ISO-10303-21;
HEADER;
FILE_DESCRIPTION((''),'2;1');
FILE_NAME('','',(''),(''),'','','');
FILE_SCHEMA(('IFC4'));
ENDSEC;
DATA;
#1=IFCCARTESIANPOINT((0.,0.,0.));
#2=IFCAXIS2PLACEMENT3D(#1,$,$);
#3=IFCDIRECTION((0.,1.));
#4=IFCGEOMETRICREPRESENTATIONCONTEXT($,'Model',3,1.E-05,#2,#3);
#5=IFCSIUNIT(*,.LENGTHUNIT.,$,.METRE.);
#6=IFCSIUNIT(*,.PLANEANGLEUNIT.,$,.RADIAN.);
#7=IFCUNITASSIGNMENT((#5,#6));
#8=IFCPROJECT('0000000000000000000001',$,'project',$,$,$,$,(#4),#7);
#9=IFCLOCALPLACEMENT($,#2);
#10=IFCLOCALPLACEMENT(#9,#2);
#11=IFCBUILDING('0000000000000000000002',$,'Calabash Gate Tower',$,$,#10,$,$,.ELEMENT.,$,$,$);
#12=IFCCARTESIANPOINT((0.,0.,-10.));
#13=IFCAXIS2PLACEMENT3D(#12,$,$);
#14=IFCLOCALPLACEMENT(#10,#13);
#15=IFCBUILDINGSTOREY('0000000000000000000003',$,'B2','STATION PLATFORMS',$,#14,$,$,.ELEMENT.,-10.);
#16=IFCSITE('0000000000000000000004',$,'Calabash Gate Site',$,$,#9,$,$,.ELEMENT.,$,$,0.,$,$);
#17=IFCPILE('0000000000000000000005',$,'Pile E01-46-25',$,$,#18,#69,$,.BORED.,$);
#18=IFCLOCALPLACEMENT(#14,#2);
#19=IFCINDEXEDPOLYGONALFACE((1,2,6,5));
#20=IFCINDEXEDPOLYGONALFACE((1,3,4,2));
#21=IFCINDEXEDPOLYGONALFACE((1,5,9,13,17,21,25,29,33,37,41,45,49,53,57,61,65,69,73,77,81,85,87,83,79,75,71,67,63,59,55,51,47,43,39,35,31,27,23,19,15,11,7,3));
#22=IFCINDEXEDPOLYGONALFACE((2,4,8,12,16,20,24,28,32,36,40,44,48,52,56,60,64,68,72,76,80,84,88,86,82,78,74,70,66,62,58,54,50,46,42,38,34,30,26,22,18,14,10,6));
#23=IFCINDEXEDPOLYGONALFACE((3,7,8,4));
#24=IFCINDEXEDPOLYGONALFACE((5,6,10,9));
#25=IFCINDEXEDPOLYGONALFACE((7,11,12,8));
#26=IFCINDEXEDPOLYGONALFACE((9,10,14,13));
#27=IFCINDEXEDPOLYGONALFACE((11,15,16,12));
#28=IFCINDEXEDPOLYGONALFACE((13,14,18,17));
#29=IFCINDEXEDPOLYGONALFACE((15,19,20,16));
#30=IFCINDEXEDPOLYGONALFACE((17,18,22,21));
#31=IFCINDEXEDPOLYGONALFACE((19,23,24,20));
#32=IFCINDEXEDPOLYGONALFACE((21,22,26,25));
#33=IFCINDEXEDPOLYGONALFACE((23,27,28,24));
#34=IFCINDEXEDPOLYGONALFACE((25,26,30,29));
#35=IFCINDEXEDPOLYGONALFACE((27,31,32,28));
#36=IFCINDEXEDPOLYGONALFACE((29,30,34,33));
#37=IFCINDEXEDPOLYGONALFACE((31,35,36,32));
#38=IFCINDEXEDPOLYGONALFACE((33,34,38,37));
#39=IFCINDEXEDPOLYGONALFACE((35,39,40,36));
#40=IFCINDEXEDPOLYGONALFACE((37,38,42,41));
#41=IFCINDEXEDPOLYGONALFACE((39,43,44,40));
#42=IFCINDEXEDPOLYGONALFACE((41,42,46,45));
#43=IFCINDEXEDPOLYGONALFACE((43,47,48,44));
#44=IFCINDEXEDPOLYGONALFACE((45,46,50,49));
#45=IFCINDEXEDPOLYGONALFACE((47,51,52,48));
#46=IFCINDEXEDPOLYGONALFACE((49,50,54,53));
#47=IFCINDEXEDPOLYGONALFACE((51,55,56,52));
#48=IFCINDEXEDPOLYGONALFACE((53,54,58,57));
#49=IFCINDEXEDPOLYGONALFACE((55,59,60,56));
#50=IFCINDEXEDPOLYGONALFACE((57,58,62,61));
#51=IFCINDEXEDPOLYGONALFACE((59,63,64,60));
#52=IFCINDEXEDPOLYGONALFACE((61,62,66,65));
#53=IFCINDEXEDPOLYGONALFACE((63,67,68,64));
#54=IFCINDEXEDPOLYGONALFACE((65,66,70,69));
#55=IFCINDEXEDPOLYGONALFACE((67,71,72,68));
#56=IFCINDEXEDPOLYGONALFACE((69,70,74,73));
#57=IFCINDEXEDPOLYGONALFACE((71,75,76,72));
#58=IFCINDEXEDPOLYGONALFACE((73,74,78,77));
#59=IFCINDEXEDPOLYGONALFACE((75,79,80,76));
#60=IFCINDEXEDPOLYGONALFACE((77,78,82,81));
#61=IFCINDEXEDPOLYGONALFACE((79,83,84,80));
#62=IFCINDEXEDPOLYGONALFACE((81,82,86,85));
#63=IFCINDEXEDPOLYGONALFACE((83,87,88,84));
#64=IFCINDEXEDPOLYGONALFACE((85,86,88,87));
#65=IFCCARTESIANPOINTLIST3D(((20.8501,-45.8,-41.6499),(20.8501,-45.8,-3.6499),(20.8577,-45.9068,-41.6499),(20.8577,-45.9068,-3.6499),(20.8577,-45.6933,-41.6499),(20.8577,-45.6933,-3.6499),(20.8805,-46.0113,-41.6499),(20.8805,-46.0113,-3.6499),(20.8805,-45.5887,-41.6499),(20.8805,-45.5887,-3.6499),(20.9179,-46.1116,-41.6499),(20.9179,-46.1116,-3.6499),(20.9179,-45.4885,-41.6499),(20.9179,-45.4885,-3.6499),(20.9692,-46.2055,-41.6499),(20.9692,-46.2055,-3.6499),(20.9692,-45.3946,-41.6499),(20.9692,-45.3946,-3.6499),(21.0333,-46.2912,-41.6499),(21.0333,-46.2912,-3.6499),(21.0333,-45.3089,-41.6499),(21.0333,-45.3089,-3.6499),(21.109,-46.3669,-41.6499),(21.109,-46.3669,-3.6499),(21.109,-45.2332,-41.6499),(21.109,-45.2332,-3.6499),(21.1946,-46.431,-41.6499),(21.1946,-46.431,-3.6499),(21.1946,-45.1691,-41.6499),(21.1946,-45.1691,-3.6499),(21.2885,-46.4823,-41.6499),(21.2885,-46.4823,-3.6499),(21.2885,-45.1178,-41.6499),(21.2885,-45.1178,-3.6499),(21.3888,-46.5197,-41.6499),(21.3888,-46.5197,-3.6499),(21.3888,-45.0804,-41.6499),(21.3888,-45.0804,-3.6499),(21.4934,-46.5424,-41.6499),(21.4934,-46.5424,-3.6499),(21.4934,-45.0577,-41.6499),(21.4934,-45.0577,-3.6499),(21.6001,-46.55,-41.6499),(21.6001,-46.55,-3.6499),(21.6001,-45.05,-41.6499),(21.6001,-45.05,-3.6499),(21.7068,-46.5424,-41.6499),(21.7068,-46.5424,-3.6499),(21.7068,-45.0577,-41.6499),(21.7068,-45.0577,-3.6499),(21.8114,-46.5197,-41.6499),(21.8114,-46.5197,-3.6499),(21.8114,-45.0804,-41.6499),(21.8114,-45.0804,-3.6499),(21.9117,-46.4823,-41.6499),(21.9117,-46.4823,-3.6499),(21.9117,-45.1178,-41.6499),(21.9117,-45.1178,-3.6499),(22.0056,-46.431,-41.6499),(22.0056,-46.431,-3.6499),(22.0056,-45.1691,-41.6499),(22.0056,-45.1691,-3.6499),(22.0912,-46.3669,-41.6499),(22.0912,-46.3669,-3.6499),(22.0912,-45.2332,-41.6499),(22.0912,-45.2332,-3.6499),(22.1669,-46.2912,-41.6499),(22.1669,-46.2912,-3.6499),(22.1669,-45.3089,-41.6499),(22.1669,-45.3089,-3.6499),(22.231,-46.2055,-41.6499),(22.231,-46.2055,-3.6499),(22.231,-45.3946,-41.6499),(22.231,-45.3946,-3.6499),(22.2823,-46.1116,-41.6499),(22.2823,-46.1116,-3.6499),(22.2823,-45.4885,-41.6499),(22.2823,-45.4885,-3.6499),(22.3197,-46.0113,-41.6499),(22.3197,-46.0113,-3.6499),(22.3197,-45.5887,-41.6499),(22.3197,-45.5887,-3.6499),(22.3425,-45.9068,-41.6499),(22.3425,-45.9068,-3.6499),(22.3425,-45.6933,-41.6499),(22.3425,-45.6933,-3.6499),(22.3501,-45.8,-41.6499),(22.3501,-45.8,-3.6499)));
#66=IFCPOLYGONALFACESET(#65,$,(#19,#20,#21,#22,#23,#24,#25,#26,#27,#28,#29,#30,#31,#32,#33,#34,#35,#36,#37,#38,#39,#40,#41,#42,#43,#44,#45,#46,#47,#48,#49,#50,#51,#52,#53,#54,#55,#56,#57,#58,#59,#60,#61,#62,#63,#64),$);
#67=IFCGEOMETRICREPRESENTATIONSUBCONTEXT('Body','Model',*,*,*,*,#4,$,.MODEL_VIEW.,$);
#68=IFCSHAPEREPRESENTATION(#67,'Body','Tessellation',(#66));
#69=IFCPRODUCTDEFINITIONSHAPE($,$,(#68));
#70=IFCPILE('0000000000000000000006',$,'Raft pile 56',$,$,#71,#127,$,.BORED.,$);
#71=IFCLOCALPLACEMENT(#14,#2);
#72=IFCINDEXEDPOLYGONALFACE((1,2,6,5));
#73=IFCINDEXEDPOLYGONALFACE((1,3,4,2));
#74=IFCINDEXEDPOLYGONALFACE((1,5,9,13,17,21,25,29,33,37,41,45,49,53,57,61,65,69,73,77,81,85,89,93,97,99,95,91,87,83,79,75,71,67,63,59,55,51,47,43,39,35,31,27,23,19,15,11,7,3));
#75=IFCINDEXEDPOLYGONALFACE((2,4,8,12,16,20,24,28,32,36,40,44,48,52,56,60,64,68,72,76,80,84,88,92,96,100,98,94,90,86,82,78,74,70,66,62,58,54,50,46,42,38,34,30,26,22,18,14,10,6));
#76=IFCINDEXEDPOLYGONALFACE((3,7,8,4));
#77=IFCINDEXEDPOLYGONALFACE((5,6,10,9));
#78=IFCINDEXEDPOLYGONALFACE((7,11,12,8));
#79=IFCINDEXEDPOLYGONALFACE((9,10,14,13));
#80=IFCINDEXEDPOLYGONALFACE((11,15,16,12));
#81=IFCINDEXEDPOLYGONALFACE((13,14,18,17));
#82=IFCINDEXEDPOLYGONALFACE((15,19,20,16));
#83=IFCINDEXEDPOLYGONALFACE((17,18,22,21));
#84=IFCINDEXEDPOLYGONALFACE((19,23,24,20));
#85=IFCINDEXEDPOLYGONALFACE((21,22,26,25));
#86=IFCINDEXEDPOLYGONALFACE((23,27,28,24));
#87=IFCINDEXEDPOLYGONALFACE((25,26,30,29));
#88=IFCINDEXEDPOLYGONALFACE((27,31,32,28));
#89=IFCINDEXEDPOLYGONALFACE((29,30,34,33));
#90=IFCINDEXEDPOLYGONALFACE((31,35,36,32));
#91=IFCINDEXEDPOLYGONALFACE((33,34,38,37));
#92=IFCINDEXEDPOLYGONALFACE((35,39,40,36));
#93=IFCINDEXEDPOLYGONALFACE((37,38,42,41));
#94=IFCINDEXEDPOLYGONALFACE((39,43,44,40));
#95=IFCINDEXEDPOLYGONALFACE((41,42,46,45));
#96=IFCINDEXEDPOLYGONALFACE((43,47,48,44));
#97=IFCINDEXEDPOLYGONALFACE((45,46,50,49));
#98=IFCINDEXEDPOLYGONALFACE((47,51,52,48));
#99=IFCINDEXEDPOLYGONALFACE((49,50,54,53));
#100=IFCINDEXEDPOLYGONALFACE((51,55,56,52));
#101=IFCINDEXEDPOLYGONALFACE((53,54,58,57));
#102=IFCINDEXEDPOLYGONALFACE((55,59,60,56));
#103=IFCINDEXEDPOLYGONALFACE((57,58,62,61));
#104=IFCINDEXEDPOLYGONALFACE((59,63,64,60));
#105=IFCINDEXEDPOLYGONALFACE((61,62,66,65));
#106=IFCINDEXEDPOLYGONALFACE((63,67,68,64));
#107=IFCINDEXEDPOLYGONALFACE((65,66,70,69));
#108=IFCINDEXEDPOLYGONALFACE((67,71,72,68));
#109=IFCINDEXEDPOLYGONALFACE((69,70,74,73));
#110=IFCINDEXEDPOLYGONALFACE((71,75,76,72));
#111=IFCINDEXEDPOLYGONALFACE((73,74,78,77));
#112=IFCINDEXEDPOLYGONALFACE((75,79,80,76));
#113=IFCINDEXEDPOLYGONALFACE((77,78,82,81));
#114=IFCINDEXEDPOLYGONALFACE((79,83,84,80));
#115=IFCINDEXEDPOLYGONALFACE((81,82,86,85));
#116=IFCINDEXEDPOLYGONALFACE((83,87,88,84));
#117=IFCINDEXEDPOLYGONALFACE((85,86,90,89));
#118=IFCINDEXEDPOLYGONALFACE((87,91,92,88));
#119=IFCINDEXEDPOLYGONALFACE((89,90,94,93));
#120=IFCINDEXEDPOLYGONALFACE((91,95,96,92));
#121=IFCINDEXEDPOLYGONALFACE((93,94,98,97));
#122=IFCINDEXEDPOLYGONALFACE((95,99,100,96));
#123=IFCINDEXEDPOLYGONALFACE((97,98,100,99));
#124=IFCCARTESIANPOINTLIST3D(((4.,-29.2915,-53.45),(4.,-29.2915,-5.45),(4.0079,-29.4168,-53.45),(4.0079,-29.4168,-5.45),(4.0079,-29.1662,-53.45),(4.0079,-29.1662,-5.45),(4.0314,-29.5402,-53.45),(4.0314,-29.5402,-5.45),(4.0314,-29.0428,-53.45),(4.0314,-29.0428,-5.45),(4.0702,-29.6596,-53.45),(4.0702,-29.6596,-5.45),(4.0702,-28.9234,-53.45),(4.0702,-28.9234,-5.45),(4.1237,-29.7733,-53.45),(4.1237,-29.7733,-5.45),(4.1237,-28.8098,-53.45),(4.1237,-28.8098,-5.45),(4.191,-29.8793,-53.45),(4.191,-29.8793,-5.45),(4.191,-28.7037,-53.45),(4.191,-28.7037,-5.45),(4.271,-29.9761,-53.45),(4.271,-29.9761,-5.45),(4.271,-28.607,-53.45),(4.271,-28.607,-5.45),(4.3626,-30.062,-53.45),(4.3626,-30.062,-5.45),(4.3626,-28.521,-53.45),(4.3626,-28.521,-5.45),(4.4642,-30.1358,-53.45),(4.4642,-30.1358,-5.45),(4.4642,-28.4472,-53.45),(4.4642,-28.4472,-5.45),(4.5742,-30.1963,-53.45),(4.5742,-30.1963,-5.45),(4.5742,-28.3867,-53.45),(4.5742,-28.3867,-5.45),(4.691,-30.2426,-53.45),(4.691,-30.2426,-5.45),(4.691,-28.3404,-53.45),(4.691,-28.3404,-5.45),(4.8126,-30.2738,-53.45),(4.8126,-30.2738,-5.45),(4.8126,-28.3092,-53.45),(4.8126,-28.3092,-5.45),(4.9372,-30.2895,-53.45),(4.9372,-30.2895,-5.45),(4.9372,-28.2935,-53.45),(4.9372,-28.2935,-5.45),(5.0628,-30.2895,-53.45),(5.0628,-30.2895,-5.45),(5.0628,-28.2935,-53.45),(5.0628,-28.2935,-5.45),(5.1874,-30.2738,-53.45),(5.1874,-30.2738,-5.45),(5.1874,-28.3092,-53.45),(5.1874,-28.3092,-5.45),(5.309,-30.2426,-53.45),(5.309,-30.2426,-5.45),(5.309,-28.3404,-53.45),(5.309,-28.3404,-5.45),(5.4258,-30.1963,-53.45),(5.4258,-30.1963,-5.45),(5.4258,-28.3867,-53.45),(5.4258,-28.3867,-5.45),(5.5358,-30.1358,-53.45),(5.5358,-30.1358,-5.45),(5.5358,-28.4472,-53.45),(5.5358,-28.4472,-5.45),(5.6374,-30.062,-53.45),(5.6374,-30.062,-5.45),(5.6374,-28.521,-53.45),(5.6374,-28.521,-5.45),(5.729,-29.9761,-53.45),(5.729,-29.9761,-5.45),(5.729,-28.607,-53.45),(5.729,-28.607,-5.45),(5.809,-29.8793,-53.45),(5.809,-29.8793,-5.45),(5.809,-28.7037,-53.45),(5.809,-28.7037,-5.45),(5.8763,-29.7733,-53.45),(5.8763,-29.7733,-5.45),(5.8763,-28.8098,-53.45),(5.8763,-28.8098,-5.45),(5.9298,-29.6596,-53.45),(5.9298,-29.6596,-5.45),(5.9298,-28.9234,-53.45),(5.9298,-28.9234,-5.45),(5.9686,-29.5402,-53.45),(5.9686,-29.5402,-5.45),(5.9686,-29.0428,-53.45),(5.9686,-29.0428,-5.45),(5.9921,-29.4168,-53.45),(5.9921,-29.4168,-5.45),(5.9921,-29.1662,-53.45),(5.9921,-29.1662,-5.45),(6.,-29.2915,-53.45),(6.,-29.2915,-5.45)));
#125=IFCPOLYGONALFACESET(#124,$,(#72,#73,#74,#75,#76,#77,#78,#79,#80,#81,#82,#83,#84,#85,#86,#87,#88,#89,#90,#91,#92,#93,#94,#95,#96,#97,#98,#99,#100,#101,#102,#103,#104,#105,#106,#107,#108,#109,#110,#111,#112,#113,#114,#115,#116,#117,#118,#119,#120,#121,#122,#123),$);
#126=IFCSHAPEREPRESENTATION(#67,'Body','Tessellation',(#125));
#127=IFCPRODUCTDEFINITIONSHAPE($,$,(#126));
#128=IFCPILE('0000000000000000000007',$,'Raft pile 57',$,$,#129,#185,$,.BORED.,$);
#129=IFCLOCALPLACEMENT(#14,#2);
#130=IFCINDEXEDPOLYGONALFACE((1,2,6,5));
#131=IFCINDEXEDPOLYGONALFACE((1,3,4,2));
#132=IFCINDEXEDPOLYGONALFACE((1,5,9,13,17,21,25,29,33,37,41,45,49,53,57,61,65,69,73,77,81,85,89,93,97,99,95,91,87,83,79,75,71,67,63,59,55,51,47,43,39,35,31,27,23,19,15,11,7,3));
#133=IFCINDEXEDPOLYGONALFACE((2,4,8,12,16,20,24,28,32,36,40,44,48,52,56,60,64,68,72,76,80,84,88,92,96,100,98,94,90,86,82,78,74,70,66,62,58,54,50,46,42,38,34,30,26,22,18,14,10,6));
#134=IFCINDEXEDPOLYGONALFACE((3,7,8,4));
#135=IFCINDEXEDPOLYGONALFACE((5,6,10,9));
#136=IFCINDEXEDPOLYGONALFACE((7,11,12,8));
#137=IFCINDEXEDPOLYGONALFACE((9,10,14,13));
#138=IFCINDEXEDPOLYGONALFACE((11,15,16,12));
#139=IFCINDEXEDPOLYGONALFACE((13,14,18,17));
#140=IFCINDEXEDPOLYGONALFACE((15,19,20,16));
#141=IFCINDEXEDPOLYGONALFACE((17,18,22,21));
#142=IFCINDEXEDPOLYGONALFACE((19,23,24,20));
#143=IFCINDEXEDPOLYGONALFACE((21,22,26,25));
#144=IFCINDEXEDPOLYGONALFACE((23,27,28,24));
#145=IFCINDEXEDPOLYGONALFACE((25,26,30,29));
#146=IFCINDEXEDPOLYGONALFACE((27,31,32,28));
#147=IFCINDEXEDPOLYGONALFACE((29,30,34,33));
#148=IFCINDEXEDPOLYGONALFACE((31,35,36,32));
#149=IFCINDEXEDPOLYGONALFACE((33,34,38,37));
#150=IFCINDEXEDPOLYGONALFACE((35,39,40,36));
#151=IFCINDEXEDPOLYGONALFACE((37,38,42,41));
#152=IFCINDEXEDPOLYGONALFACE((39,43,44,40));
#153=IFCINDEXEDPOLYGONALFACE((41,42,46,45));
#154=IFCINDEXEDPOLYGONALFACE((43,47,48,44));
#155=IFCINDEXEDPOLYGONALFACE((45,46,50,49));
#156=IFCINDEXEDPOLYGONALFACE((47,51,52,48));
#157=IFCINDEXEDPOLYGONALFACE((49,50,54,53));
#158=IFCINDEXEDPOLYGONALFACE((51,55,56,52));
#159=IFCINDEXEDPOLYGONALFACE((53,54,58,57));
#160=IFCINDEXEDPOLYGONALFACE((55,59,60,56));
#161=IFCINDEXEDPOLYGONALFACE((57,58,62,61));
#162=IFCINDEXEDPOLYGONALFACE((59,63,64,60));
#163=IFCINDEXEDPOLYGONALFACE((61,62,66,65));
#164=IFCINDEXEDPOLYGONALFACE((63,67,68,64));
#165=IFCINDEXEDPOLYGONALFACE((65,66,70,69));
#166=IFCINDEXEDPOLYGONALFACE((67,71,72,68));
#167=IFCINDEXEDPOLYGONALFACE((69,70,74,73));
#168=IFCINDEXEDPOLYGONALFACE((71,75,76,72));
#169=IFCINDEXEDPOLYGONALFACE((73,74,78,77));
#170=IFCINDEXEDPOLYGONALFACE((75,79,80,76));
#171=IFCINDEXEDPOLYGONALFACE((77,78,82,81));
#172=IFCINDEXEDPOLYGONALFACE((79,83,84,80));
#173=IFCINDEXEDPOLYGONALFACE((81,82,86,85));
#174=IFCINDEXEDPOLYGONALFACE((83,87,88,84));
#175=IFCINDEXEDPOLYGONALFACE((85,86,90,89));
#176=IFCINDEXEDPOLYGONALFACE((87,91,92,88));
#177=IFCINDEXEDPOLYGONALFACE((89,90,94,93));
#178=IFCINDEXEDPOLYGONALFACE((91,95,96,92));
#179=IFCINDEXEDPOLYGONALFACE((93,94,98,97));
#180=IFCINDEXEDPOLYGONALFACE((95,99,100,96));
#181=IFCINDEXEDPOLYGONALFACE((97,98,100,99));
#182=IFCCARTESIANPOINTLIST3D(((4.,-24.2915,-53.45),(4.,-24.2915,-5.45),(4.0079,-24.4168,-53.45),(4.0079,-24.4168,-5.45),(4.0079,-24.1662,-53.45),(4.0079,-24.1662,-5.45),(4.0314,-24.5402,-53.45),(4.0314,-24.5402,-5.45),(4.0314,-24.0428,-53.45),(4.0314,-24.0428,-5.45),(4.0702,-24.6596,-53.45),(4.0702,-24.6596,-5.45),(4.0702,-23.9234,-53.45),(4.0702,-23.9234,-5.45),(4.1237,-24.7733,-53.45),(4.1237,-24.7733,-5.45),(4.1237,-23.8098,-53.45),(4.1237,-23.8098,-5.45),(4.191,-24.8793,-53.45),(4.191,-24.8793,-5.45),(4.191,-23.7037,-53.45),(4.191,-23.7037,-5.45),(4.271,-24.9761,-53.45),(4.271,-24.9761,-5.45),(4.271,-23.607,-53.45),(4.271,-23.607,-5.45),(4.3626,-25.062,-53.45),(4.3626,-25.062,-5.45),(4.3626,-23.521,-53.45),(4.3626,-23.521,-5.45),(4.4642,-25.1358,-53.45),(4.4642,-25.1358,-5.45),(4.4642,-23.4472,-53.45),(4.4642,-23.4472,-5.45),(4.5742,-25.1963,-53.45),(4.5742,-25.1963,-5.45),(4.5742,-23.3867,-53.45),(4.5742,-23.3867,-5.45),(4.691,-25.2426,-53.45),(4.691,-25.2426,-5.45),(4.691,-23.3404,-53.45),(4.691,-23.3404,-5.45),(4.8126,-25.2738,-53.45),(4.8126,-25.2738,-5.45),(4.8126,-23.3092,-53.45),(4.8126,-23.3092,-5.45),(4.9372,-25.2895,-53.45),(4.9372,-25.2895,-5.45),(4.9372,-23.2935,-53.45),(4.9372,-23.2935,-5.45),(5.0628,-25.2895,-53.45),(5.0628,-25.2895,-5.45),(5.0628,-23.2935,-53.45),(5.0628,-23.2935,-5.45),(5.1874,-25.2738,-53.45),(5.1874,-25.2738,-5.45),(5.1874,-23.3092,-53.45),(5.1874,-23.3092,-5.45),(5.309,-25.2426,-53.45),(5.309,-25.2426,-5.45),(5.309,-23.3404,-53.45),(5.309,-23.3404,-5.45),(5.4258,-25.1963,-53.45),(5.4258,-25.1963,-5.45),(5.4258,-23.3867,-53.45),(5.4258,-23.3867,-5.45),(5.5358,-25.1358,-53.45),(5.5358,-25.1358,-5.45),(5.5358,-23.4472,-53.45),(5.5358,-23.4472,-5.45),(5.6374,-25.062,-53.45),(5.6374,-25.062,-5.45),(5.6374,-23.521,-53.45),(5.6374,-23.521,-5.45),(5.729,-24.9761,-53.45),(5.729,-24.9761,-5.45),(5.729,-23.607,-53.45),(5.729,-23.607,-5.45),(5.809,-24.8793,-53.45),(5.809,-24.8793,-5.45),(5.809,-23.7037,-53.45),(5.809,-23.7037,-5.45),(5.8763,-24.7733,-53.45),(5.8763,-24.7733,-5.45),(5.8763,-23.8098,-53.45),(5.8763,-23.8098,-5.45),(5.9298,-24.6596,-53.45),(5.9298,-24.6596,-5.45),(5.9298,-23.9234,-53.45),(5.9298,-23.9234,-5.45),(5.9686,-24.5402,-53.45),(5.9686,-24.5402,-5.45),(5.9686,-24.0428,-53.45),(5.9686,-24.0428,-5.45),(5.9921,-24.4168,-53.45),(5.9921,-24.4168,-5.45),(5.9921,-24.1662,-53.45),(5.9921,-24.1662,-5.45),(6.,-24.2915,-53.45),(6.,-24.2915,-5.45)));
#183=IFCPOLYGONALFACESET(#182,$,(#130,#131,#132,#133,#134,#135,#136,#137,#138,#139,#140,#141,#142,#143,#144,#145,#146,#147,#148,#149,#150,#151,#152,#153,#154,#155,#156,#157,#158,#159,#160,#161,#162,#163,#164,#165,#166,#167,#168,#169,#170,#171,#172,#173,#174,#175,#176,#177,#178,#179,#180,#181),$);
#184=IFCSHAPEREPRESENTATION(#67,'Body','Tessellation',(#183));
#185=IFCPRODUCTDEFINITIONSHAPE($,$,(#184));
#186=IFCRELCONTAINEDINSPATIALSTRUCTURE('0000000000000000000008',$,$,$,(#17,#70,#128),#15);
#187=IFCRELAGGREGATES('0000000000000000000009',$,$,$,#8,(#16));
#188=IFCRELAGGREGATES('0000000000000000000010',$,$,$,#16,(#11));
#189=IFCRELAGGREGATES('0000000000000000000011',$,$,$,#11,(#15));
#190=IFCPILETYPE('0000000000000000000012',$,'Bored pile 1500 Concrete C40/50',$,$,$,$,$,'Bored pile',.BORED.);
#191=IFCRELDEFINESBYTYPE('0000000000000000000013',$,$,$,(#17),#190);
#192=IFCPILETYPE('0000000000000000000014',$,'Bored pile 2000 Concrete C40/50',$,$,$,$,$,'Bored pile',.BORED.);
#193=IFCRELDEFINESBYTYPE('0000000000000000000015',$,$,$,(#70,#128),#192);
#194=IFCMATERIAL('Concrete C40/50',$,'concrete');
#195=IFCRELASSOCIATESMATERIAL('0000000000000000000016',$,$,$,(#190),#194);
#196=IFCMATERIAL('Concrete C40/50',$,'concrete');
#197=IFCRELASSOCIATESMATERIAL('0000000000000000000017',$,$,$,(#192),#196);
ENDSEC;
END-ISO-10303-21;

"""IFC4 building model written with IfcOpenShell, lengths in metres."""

from ifc_helpers import new_model, si_unit, direction, frame, origin, origin_2d, place, context, subcontext, project, spatial, circle, extrude, material, material_profile, profile_set, type_object, element, save


model = new_model("IFC4")

# Units and contexts
model_context = context("Model", 3, precision=1e-05, world=origin(), true_north=direction((0.0, 1.0)))
body_context = subcontext(model_context, "Body", "Model", "MODEL_VIEW")
ifc_project = project(units=[si_unit("LENGTHUNIT", "METRE"), si_unit("PLANEANGLEUNIT", "RADIAN")], contexts=[model_context])

# Site, building, storey
site_placement = place(None, origin())
site = spatial("IfcSite", under=ifc_project, at=site_placement, Name="Calabash Gate Site", CompositionType="ELEMENT", RefElevation=0.0)
building_placement = place(site_placement, origin())
building = spatial("IfcBuilding", under=site, at=building_placement, Name="Calabash Gate Tower", CompositionType="ELEMENT")
storey_placement = place(building_placement, frame((0.0, 0.0, -10.0)))
storey = spatial("IfcBuildingStorey", under=building, at=storey_placement, Name="B2", Description="STATION PLATFORMS", CompositionType="ELEMENT", Elevation=-10.0)

# Piles
ifc_material_1 = material(Name="Concrete C40/50", Category="concrete")
ifc_material_profile_1 = material_profile(ifc_material_1, circle(Radius=0.75, at=origin_2d()))
ifc_profile_set_1 = profile_set([ifc_material_profile_1], Name="Concrete C40/50")
pile_type_1 = type_object("IfcPileType", Name="Bored pile 1500 Concrete C40/50", ElementType="Bored pile", PredefinedType="BORED", material=ifc_profile_set_1)
for number, where, z_axis, x_axis, name in (
    (1, (21.6001, -45.8, -3.6499), (0.0, 0.0, -1.0), (1.0, 0.0, 0.0), "Pile E01-46-25"),
):
    element("IfcPile", number, at=place(storey_placement, frame(where, z_axis=z_axis, x_axis=x_axis)), inside=storey, type_object=pile_type_1, Name=name, PredefinedType="BORED", context=body_context, shape_type="SweptSolid", body=[
        extrude(circle(Radius=0.75, at=origin_2d()), origin(), (0.0, 0.0, 1.0), 38.0),
    ])
ifc_material_2 = material(Name="Concrete C40/50", Category="concrete")
ifc_material_profile_2 = material_profile(ifc_material_2, circle(Radius=1.0, at=origin_2d()))
ifc_profile_set_2 = profile_set([ifc_material_profile_2], Name="Concrete C40/50")
pile_type_2 = type_object("IfcPileType", Name="Bored pile 2000 Concrete C40/50", ElementType="Bored pile", PredefinedType="BORED", material=ifc_profile_set_2)
for number, where, z_axis, x_axis, name in (
    (2, (5.0, -29.2915, -5.45), (0.0, 0.0, -1.0), (1.0, 0.0, 0.0), "Raft pile 56"),
    (3, (5.0, -24.2915, -5.45), (0.0, 0.0, -1.0), (1.0, 0.0, 0.0), "Raft pile 57"),
):
    element("IfcPile", number, at=place(storey_placement, frame(where, z_axis=z_axis, x_axis=x_axis)), inside=storey, type_object=pile_type_2, Name=name, PredefinedType="BORED", context=body_context, shape_type="SweptSolid", body=[
        extrude(circle(Radius=1.0, at=origin_2d()), origin(), (0.0, 0.0, 1.0), 48.0),
    ])

save(model, "model.ifc")
